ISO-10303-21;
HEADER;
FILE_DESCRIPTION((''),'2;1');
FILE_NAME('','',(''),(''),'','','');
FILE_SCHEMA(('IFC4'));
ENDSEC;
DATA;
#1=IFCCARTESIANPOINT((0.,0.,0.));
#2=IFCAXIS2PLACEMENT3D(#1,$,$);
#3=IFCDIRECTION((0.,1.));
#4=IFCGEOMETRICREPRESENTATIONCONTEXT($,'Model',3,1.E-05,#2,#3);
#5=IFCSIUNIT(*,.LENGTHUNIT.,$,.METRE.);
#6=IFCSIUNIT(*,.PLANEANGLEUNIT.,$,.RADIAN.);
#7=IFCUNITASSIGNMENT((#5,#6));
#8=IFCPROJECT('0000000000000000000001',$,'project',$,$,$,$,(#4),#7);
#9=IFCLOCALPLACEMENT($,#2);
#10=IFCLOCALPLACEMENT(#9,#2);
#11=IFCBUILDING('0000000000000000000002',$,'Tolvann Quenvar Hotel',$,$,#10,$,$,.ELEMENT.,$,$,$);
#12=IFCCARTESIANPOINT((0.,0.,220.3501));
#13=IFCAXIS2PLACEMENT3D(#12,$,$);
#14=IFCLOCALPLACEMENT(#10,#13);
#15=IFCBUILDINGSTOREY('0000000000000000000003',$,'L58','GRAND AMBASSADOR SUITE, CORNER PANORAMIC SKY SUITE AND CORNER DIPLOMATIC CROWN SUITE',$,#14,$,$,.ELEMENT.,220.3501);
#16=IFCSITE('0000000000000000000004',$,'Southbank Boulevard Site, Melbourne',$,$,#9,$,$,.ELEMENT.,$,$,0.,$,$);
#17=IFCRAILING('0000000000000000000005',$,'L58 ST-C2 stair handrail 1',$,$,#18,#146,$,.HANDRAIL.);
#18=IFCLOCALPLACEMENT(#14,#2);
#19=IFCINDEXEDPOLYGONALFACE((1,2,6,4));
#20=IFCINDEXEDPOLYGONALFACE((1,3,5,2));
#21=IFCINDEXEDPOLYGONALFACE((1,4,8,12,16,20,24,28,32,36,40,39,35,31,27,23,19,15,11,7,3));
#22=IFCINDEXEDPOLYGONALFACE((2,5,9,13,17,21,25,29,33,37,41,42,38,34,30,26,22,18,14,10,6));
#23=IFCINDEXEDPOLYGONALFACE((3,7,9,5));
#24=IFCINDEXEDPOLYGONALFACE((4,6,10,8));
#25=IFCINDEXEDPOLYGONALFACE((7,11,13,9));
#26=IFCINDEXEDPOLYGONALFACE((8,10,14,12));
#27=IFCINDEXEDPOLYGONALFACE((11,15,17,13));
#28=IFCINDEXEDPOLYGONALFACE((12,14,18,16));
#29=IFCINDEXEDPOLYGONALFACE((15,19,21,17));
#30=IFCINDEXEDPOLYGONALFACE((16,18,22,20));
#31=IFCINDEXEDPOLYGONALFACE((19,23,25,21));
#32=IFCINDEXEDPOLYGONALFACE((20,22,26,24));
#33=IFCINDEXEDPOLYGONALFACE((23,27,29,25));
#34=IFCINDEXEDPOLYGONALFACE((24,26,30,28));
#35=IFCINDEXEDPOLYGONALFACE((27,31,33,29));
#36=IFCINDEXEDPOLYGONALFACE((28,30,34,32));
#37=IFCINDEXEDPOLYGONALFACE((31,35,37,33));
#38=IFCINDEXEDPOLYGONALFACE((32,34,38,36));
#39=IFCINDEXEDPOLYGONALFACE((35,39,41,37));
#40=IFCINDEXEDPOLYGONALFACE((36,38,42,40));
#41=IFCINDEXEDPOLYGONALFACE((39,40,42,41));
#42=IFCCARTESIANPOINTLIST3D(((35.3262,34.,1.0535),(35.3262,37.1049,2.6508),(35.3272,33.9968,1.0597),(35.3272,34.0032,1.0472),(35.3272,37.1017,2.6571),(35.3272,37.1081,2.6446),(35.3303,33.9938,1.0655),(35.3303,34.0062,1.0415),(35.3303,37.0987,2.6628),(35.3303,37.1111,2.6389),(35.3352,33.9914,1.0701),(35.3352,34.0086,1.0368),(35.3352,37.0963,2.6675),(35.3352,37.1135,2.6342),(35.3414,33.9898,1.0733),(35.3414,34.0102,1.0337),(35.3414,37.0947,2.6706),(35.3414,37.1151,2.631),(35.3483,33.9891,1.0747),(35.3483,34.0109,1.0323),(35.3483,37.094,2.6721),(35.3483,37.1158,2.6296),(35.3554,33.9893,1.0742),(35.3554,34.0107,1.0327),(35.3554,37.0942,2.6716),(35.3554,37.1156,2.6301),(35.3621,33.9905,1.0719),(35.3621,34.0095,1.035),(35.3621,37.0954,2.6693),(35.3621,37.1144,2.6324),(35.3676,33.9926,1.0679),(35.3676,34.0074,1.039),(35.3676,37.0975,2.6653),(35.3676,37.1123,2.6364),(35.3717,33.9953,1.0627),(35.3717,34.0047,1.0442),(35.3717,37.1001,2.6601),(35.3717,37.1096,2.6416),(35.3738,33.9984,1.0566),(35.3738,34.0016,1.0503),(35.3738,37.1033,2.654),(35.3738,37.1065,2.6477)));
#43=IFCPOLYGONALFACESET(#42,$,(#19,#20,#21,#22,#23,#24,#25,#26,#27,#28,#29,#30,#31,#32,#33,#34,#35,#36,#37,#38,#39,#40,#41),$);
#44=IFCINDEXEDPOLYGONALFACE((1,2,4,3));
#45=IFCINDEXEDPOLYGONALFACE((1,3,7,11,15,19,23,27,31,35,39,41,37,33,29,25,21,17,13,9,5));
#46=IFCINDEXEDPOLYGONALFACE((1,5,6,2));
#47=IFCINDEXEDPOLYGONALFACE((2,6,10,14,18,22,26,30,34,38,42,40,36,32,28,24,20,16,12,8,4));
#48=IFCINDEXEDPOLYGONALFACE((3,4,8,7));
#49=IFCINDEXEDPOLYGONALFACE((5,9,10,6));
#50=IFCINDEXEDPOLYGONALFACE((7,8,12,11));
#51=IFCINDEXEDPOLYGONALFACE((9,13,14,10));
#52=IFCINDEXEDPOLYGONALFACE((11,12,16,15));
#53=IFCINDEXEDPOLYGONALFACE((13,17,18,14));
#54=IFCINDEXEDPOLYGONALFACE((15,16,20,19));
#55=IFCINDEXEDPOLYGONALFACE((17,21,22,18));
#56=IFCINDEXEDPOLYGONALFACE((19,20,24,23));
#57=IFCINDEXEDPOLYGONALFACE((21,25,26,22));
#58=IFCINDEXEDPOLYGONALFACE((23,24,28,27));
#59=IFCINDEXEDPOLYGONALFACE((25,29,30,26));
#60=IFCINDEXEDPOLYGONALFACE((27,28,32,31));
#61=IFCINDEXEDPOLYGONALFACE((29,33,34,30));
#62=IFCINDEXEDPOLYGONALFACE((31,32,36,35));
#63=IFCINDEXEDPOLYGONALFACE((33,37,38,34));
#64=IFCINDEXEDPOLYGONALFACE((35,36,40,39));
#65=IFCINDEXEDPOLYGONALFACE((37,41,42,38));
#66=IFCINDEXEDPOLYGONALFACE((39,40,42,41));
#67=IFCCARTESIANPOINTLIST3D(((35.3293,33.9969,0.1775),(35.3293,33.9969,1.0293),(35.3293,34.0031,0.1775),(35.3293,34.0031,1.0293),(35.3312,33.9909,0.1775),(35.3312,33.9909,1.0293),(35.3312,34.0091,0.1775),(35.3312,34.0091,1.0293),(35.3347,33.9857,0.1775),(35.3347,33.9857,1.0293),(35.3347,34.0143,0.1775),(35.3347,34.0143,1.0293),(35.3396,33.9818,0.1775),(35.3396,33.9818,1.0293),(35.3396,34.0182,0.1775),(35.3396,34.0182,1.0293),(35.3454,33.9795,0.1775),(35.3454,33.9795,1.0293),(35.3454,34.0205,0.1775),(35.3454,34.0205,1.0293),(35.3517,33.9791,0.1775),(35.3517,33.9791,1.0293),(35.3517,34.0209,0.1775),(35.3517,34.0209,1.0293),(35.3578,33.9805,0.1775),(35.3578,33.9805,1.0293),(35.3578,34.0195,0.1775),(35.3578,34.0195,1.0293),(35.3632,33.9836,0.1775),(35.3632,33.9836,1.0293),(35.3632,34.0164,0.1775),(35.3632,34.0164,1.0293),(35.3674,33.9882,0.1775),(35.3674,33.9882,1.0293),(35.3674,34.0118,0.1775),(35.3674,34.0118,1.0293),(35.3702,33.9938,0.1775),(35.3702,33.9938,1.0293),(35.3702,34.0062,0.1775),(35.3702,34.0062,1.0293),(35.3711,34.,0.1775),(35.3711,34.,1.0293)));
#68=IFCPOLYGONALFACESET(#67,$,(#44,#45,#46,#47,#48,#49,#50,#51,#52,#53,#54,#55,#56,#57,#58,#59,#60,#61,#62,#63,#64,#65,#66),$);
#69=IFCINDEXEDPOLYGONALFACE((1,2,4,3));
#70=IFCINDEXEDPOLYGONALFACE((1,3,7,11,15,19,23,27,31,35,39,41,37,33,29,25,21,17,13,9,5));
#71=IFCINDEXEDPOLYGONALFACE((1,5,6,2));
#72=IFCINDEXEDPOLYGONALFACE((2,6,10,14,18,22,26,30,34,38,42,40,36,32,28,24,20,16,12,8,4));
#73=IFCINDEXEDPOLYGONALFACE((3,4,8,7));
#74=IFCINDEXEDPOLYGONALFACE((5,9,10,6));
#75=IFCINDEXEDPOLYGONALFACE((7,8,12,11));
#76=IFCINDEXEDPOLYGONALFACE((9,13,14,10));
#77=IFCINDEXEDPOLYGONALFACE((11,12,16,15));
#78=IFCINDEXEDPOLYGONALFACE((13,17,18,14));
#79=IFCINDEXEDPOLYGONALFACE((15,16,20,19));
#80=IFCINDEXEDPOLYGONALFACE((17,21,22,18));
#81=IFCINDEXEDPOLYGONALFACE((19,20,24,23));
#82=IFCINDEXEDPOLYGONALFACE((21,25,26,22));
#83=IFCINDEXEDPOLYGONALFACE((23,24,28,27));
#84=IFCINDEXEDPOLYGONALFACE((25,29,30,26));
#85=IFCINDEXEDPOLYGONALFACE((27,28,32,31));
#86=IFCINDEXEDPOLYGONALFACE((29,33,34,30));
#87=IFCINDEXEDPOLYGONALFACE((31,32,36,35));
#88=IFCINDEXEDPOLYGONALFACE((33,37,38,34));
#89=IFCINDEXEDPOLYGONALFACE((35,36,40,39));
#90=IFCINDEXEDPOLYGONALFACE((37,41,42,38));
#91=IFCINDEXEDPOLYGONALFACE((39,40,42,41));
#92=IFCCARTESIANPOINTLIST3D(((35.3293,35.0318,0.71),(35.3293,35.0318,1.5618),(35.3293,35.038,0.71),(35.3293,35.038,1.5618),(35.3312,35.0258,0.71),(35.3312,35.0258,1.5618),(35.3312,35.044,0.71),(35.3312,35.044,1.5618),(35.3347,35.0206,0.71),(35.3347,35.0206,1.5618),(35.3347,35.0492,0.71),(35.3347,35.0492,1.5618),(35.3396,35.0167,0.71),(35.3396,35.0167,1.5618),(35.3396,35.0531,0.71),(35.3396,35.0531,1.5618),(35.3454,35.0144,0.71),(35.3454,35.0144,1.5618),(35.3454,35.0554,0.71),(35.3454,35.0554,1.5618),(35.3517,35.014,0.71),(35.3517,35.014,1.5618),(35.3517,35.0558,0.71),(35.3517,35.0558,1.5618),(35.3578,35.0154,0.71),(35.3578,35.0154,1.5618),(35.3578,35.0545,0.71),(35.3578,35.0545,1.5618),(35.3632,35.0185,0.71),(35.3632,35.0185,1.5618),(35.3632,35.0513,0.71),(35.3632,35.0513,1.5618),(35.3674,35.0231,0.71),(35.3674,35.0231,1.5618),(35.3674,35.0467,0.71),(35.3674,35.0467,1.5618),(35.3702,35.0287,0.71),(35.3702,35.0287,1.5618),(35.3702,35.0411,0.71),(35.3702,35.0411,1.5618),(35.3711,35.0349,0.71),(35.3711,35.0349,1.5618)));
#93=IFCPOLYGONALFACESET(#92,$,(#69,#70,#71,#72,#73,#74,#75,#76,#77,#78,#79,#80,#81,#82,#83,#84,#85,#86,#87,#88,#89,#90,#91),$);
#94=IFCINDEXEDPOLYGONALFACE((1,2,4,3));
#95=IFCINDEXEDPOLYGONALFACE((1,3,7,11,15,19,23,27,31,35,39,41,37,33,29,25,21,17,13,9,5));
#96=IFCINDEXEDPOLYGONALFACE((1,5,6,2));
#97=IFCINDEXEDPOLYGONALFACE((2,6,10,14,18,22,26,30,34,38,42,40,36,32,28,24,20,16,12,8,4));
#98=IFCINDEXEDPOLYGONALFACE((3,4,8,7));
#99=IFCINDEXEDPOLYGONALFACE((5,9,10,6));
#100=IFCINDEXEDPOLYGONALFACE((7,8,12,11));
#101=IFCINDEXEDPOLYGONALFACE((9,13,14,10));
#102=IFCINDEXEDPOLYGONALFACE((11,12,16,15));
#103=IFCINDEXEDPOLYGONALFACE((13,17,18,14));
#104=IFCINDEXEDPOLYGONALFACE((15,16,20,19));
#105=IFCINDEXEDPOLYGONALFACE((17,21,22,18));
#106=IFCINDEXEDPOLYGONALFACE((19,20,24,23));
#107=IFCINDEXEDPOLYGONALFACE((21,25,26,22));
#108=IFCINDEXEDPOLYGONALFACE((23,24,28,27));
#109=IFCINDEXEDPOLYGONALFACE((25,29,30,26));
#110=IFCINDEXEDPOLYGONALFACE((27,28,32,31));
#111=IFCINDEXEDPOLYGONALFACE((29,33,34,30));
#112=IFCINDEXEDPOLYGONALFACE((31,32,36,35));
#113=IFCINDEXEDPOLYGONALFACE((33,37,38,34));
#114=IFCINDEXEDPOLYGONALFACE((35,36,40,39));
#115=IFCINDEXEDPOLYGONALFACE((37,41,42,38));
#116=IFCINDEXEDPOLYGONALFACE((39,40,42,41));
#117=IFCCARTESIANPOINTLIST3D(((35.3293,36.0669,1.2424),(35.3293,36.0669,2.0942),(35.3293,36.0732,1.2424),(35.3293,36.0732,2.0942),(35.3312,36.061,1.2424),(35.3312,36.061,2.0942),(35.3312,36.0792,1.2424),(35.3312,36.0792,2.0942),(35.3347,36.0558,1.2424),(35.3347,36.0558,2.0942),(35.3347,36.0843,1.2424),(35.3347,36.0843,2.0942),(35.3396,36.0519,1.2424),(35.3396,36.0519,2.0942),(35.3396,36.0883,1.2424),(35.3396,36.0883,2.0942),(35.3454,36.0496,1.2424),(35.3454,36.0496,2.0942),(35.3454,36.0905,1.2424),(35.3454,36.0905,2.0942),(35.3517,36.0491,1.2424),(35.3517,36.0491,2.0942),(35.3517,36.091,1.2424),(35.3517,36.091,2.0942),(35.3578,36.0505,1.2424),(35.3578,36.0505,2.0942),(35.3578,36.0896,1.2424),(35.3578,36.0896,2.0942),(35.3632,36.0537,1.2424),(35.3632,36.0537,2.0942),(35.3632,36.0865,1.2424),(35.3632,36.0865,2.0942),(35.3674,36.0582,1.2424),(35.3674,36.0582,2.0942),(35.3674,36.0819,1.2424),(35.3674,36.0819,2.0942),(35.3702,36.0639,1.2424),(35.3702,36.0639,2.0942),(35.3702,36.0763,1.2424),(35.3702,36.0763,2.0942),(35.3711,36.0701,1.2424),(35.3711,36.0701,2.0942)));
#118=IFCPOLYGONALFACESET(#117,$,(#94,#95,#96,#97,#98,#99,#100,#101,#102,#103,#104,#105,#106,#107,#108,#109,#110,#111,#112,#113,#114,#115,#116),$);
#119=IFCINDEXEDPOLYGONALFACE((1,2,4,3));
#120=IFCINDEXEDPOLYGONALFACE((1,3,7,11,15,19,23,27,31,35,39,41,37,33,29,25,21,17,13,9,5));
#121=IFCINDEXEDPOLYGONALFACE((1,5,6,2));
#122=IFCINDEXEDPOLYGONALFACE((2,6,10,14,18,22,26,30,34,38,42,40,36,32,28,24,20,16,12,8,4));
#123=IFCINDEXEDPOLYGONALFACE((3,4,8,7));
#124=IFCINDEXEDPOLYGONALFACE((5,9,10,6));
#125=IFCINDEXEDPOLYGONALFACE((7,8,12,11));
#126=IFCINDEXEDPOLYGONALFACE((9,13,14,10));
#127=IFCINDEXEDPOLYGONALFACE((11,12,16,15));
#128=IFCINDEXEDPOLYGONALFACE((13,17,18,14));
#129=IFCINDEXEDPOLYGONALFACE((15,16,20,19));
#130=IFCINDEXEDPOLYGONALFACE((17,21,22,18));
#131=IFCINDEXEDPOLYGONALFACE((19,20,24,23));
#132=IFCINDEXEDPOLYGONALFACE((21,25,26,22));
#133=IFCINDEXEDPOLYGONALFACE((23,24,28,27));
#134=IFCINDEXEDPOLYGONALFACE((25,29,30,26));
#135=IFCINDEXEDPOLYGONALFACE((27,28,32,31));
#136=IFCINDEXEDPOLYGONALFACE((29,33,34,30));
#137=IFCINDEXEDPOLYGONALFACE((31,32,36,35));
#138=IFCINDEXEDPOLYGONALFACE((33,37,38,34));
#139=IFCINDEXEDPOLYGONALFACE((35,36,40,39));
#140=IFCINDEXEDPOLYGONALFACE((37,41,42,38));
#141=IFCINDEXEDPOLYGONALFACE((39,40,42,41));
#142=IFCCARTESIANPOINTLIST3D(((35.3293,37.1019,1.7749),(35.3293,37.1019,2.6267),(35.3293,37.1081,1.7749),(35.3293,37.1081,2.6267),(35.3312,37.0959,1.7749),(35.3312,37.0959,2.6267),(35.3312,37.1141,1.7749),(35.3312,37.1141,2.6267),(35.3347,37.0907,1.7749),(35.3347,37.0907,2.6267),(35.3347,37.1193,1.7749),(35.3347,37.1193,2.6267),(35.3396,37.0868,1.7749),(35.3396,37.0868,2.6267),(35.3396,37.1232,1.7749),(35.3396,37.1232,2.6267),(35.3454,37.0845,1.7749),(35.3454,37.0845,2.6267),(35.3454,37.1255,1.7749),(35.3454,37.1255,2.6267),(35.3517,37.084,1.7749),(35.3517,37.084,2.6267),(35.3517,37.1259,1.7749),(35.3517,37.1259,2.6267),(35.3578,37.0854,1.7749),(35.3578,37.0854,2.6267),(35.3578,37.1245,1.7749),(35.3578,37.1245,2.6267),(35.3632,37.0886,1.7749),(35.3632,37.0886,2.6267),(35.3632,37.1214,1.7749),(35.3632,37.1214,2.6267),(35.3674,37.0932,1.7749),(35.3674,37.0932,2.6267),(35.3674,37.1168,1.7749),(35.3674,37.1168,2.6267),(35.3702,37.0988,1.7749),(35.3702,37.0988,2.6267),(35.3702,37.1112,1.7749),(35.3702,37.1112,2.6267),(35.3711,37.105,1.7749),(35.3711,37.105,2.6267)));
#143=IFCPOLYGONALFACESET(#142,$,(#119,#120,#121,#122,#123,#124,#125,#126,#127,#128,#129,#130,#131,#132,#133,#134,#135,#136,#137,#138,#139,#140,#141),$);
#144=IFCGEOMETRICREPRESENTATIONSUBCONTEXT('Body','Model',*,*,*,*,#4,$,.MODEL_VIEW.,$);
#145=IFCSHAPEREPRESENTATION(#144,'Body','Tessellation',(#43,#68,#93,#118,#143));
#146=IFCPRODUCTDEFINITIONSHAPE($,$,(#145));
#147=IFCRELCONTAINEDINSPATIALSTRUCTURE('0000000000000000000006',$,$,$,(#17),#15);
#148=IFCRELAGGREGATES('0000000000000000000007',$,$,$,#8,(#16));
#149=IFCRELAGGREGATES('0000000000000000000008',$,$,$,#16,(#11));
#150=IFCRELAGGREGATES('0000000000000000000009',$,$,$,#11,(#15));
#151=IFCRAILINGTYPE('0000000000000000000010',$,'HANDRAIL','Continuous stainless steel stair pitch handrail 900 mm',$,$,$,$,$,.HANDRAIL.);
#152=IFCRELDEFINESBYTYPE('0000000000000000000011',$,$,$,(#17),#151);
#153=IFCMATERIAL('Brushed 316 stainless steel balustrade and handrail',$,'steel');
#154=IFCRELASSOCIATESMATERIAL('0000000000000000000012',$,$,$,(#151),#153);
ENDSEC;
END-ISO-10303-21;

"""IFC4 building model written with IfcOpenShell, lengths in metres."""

from ifc_helpers import new_model, si_unit, direction, frame, origin, origin_2d, place, context, subcontext, project, spatial, circle, extrude, material, type_object, element, save


model = new_model("IFC4")

# Units and contexts
model_context = context("Model", 3, precision=1e-05, world=origin(), true_north=direction((0.0, 1.0)))
body_context = subcontext(model_context, "Body", "Model", "MODEL_VIEW")
ifc_project = project(units=[si_unit("LENGTHUNIT", "METRE"), si_unit("PLANEANGLEUNIT", "RADIAN")], contexts=[model_context])

# Site, building, storey
site_placement = place(None, origin())
site = spatial("IfcSite", under=ifc_project, at=site_placement, Name="Southbank Boulevard Site, Melbourne", CompositionType="ELEMENT", RefElevation=0.0)
building_placement = place(site_placement, origin())
building = spatial("IfcBuilding", under=site, at=building_placement, Name="Tolvann Quenvar Hotel", CompositionType="ELEMENT")
storey_placement = place(building_placement, frame((0.0, 0.0, 220.3501)))
storey = spatial("IfcBuildingStorey", under=building, at=storey_placement, Name="L58", Description="GRAND AMBASSADOR SUITE, CORNER PANORAMIC SKY SUITE AND CORNER DIPLOMATIC CROWN SUITE", CompositionType="ELEMENT", Elevation=220.3501)

# Railing
ifc_material_1 = material(Name="Brushed 316 stainless steel balustrade and handrail", Category="steel")
railing_type_1 = type_object("IfcRailingType", Name="HANDRAIL", Description="Continuous stainless steel stair pitch handrail 900 mm", PredefinedType="HANDRAIL", material=ifc_material_1)
railing_1_placement = place(storey_placement, frame((35.3501, 34.0, 0.1775)))
element("IfcRailing", 1, at=railing_1_placement, inside=storey, type_object=railing_type_1, Name="L58 ST-C2 stair handrail 1", PredefinedType="HANDRAIL", context=body_context, shape_type="SweptSolid", body=[
    extrude(circle(Radius=0.0239, at=origin_2d()), frame((0.0, 0.0, 0.876), z_axis=(0.0, 0.889222, 0.457476), x_axis=(-1.0, 0.0, 0.0)), (0.0, 0.0, 1.0), 3.4917),
    extrude(circle(Radius=0.021, at=origin_2d()), origin(), (0.0, 0.0, 1.0), 0.8518),
    extrude(circle(Radius=0.021, at=origin_2d()), frame((0.0, 1.0349, 0.5325)), (0.0, 0.0, 1.0), 0.8518),
    extrude(circle(Radius=0.021, at=origin_2d()), frame((0.0, 2.0701, 1.0649)), (0.0, 0.0, 1.0), 0.8518),
    extrude(circle(Radius=0.021, at=origin_2d()), frame((0.0, 3.105, 1.5974)), (0.0, 0.0, 1.0), 0.8518),
])

save(model, "model.ifc")
